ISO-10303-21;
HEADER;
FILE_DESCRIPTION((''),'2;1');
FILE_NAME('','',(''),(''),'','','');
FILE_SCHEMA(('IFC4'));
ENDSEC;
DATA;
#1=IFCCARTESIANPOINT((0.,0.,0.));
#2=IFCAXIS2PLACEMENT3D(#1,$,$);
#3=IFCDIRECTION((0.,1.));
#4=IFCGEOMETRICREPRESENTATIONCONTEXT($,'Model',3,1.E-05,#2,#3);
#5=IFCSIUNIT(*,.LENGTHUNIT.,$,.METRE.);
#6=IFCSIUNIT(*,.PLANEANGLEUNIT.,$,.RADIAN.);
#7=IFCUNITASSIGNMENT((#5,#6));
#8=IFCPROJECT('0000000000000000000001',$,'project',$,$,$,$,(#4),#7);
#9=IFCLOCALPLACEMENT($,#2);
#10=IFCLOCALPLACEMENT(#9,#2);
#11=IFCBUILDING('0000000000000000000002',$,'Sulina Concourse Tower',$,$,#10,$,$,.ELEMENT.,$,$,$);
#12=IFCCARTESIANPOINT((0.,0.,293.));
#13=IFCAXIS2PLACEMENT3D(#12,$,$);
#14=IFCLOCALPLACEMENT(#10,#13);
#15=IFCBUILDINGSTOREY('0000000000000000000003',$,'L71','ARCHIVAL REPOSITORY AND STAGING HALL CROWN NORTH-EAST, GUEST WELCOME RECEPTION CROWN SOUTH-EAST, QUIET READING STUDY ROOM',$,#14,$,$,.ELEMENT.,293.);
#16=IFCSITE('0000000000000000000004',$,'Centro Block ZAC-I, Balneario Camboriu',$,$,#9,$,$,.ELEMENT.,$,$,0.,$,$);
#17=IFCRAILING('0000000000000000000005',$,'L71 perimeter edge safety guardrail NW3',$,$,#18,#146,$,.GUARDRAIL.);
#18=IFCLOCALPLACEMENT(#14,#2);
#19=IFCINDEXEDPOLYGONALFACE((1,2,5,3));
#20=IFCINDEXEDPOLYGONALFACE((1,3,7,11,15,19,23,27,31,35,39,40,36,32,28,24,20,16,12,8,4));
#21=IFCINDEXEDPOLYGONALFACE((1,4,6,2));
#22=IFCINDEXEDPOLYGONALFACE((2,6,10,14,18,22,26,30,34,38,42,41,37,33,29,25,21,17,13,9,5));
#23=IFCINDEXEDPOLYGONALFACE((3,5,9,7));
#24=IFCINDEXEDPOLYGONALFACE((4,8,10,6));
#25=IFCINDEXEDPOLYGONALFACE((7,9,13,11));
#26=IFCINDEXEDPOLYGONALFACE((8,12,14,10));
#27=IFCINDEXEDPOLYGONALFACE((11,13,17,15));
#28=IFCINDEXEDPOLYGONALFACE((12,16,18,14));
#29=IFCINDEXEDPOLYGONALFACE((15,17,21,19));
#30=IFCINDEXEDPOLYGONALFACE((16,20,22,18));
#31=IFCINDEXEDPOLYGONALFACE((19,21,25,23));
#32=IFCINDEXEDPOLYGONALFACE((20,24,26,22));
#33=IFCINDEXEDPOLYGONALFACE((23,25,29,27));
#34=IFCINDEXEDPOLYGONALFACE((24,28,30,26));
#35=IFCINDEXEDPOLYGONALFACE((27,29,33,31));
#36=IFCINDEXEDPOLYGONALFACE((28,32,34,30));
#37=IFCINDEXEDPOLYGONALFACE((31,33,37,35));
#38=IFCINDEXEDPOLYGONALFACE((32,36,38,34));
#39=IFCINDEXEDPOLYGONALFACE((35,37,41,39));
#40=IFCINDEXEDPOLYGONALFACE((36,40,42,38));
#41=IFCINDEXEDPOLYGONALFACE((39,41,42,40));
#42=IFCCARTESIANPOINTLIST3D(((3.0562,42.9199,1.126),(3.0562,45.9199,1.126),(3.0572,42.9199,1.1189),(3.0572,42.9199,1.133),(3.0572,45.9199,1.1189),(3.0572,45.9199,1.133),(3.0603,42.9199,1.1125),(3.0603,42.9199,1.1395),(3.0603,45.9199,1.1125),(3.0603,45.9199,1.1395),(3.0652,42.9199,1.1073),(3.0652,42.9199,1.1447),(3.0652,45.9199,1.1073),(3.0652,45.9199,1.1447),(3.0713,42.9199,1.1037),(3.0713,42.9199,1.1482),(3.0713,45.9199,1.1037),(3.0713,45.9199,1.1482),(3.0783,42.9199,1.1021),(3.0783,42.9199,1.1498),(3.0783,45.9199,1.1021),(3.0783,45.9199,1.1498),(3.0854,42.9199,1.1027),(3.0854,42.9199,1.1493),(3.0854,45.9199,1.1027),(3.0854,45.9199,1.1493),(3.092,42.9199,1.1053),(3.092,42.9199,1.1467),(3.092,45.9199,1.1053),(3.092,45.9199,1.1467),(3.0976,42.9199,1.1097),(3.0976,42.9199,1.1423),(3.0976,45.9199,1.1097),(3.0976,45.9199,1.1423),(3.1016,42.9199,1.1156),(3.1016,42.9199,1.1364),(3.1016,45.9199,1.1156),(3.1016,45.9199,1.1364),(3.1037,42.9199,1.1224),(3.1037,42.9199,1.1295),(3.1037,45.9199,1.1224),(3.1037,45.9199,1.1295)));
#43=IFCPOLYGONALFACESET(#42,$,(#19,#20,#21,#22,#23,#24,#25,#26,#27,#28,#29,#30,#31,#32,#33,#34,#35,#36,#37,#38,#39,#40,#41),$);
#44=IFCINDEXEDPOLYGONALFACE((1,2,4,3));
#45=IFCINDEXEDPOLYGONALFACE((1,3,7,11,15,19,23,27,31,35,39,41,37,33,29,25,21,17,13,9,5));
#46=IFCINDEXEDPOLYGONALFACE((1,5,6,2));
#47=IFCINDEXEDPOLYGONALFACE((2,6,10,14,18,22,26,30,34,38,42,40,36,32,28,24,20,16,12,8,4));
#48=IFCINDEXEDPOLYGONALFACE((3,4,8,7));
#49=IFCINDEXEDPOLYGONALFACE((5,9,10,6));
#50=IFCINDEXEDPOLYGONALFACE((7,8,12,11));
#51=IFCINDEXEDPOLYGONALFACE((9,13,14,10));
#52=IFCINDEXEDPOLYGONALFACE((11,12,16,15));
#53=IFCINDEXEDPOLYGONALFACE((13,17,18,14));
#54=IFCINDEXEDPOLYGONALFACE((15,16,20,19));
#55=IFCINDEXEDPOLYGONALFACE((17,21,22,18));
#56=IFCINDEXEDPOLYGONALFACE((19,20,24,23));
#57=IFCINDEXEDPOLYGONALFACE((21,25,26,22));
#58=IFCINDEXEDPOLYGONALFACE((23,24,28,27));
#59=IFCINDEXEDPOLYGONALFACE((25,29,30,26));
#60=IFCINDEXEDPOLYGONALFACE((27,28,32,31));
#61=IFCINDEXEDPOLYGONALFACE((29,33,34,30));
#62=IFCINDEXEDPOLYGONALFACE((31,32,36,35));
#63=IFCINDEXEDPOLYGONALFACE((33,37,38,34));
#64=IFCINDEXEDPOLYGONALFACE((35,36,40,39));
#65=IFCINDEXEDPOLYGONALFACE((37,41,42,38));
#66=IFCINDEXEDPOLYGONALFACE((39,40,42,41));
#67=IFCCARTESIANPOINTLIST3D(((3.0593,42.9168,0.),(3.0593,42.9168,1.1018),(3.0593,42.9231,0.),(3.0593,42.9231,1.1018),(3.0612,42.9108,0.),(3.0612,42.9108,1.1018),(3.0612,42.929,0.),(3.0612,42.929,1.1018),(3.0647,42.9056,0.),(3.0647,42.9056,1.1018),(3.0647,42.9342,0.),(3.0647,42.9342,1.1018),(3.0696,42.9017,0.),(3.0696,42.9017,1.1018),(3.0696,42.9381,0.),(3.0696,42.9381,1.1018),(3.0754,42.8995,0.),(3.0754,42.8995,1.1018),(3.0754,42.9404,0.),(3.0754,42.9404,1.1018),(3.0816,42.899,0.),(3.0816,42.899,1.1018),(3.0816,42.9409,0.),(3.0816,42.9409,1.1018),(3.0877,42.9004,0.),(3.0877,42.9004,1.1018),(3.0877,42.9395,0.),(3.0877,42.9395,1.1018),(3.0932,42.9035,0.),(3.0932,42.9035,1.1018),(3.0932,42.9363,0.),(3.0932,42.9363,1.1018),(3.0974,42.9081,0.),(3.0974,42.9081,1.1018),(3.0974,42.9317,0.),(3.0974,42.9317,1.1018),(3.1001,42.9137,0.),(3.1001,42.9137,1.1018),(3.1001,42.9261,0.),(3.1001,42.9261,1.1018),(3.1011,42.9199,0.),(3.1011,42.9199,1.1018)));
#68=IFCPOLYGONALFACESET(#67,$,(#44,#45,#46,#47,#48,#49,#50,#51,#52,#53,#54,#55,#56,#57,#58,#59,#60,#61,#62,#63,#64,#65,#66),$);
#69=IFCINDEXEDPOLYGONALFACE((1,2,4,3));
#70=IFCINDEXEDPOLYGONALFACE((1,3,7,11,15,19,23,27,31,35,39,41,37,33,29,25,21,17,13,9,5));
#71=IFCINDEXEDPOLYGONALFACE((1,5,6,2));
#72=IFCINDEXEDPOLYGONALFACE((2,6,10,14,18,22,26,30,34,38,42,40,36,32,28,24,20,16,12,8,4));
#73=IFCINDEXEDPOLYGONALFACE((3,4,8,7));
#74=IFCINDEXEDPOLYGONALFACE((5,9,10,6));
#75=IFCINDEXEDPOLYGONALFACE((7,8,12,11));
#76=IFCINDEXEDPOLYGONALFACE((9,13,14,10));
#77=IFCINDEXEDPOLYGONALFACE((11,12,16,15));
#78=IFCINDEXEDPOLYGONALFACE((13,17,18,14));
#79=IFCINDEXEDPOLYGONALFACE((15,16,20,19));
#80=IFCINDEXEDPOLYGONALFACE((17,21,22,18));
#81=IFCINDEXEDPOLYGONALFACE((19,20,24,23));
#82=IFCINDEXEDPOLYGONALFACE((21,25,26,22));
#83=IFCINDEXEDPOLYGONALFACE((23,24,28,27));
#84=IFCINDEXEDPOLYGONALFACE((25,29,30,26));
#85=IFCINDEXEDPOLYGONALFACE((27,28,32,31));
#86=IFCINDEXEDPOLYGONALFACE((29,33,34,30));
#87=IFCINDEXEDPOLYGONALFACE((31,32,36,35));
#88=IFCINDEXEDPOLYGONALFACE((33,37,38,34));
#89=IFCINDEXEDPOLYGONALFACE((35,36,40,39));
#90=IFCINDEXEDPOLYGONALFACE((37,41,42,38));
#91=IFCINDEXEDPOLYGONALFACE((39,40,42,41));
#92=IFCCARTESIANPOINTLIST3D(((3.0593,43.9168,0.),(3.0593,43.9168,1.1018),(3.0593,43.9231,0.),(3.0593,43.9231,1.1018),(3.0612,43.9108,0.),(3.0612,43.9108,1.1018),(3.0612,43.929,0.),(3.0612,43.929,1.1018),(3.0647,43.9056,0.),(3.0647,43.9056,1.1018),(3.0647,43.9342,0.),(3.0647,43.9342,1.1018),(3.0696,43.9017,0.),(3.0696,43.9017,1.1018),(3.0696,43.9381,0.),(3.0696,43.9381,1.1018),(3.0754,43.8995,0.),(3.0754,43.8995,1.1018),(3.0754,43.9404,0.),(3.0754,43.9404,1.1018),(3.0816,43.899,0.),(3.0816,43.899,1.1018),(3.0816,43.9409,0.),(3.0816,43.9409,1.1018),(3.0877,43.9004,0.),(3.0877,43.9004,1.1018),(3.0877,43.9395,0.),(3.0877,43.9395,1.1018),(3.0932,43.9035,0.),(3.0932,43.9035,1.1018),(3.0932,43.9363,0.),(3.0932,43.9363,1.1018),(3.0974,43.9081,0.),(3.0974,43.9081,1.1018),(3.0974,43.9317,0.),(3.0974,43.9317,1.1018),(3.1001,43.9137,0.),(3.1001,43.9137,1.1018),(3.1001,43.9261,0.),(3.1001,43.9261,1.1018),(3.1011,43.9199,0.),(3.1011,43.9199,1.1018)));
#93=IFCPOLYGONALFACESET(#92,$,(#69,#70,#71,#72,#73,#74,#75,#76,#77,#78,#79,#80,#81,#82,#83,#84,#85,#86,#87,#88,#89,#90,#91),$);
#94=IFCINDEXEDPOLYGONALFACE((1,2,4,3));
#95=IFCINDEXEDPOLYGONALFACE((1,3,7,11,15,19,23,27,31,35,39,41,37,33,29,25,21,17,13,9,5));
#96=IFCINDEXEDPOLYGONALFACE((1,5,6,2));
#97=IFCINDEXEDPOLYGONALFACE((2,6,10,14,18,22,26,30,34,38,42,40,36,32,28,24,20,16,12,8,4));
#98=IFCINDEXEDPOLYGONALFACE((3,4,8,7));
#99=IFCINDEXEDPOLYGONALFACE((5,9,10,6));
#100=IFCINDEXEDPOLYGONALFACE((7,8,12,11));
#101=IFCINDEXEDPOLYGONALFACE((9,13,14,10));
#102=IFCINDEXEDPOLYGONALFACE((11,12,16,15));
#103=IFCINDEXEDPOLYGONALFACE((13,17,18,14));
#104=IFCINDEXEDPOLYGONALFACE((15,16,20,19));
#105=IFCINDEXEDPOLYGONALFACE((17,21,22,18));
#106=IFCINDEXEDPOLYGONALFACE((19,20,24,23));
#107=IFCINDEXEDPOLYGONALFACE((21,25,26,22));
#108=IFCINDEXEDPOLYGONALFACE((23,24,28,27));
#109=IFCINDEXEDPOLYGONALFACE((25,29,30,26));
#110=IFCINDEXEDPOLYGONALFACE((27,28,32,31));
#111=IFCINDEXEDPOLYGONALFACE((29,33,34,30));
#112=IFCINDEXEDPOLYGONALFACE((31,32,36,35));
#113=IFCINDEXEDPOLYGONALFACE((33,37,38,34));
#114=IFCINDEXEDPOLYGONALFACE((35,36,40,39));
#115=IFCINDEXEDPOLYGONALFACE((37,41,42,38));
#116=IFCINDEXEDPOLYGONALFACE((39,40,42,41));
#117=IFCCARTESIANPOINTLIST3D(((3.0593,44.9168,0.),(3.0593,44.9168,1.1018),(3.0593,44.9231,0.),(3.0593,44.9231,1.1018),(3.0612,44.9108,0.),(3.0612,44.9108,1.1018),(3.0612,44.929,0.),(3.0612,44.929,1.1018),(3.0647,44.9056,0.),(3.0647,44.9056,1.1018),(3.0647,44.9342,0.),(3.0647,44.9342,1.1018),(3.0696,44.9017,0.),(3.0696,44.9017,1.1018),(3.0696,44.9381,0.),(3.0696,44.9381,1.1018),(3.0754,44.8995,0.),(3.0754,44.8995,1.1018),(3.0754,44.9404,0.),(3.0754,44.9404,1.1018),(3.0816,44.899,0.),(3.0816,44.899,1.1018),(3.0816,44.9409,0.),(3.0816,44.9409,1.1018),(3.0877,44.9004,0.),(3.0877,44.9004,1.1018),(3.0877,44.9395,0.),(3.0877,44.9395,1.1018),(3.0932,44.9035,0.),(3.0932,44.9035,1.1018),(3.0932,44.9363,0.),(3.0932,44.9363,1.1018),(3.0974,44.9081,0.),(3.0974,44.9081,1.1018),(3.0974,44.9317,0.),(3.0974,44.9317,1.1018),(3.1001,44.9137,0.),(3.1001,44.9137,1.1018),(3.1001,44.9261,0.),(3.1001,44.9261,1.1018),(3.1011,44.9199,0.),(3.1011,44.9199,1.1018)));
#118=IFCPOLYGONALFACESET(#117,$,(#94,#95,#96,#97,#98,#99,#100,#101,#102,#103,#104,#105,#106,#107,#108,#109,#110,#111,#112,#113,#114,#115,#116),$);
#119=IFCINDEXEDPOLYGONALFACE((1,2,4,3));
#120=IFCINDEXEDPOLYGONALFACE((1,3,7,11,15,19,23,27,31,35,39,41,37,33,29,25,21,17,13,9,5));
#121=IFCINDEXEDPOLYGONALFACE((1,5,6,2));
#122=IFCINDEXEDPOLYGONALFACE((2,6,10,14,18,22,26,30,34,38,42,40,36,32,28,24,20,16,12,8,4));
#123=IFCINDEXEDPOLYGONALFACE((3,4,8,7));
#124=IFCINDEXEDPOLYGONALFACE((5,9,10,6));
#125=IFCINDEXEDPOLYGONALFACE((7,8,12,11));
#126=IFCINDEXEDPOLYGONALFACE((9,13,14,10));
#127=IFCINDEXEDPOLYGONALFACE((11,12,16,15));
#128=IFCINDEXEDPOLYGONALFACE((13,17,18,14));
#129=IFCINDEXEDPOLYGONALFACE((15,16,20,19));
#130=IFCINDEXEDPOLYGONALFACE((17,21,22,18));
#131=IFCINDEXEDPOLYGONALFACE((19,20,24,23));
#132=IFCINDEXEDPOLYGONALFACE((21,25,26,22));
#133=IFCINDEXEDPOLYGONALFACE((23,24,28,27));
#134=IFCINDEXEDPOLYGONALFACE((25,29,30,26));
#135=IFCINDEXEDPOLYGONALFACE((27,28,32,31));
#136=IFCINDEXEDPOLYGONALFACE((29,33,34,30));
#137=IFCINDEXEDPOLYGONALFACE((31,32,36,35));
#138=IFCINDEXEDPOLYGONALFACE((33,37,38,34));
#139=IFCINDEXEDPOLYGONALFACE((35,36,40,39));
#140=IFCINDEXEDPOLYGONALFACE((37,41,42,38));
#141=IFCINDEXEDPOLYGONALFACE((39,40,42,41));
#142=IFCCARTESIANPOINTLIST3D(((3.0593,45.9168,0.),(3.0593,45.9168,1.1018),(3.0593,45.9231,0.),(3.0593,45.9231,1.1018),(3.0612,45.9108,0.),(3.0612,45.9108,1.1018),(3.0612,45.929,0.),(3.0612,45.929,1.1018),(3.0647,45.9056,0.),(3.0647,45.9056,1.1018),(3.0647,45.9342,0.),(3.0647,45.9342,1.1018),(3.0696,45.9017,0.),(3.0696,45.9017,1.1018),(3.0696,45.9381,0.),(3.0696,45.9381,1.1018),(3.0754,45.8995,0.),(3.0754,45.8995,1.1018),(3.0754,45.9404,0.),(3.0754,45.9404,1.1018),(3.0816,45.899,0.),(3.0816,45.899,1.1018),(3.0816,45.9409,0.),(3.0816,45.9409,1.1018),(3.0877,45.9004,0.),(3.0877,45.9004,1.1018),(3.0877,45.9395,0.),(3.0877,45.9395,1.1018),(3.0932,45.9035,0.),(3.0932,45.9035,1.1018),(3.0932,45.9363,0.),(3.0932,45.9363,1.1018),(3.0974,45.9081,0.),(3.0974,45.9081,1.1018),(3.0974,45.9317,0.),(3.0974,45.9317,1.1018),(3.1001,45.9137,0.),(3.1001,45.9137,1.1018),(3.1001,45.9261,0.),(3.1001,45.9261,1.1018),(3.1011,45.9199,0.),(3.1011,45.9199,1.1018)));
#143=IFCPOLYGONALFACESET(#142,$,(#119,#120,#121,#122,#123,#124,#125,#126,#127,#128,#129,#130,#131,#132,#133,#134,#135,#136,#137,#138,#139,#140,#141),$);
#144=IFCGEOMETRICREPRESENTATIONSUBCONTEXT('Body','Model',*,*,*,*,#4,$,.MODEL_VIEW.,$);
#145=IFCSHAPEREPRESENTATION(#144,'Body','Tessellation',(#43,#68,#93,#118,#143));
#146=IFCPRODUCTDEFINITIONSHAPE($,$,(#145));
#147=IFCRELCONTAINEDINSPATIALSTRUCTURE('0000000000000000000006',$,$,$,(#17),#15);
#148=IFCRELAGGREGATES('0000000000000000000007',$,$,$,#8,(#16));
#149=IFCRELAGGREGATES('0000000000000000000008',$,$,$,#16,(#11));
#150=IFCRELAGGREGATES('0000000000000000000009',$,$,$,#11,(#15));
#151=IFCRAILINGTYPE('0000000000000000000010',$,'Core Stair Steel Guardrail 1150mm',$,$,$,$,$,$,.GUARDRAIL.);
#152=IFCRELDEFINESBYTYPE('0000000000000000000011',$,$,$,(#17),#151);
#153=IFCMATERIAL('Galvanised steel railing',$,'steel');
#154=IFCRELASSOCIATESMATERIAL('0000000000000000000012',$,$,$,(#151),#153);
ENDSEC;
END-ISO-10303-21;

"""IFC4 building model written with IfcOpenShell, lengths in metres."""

from ifc_helpers import new_model, si_unit, direction, frame, origin, origin_2d, place, context, subcontext, project, spatial, circle, extrude, material, type_object, element, save


model = new_model("IFC4")

# Units and contexts
model_context = context("Model", 3, precision=1e-05, world=origin(), true_north=direction((0.0, 1.0)))
body_context = subcontext(model_context, "Body", "Model", "MODEL_VIEW")
ifc_project = project(units=[si_unit("LENGTHUNIT", "METRE"), si_unit("PLANEANGLEUNIT", "RADIAN")], contexts=[model_context])

# Site, building, storey
site_placement = place(None, origin())
site = spatial("IfcSite", under=ifc_project, at=site_placement, Name="Centro Block ZAC-I, Balneario Camboriu", CompositionType="ELEMENT", RefElevation=0.0)
building_placement = place(site_placement, origin())
building = spatial("IfcBuilding", under=site, at=building_placement, Name="Sulina Concourse Tower", CompositionType="ELEMENT")
storey_placement = place(building_placement, frame((0.0, 0.0, 293.0)))
storey = spatial("IfcBuildingStorey", under=building, at=storey_placement, Name="L71", Description="ARCHIVAL REPOSITORY AND STAGING HALL CROWN NORTH-EAST, GUEST WELCOME RECEPTION CROWN SOUTH-EAST, QUIET READING STUDY ROOM", CompositionType="ELEMENT", Elevation=293.0)

# Railing
ifc_material_1 = material(Name="Galvanised steel railing", Category="steel")
railing_type_1 = type_object("IfcRailingType", Name="Core Stair Steel Guardrail 1150mm", PredefinedType="GUARDRAIL", material=ifc_material_1)
railing_1_placement = place(storey_placement, frame((3.0801, 42.9199, 0.0)))
element("IfcRailing", 1, at=railing_1_placement, inside=storey, type_object=railing_type_1, Name="L71 perimeter edge safety guardrail NW3", PredefinedType="GUARDRAIL", context=body_context, shape_type="SweptSolid", body=[
    extrude(circle(Radius=0.0239, at=origin_2d()), frame((0.0, 0.0, 1.126), z_axis=(0.0, 1.0, 0.0), x_axis=(-1.0, 0.0, 0.0)), (0.0, 0.0, 1.0), 3.0),
    extrude(circle(Radius=0.021, at=origin_2d()), origin(), (0.0, 0.0, 1.0), 1.1018),
    extrude(circle(Radius=0.021, at=origin_2d()), frame((0.0, 1.0, 0.0)), (0.0, 0.0, 1.0), 1.1018),
    extrude(circle(Radius=0.021, at=origin_2d()), frame((0.0, 2.0, 0.0)), (0.0, 0.0, 1.0), 1.1018),
    extrude(circle(Radius=0.021, at=origin_2d()), frame((0.0, 3.0, 0.0)), (0.0, 0.0, 1.0), 1.1018),
])

save(model, "model.ifc")
